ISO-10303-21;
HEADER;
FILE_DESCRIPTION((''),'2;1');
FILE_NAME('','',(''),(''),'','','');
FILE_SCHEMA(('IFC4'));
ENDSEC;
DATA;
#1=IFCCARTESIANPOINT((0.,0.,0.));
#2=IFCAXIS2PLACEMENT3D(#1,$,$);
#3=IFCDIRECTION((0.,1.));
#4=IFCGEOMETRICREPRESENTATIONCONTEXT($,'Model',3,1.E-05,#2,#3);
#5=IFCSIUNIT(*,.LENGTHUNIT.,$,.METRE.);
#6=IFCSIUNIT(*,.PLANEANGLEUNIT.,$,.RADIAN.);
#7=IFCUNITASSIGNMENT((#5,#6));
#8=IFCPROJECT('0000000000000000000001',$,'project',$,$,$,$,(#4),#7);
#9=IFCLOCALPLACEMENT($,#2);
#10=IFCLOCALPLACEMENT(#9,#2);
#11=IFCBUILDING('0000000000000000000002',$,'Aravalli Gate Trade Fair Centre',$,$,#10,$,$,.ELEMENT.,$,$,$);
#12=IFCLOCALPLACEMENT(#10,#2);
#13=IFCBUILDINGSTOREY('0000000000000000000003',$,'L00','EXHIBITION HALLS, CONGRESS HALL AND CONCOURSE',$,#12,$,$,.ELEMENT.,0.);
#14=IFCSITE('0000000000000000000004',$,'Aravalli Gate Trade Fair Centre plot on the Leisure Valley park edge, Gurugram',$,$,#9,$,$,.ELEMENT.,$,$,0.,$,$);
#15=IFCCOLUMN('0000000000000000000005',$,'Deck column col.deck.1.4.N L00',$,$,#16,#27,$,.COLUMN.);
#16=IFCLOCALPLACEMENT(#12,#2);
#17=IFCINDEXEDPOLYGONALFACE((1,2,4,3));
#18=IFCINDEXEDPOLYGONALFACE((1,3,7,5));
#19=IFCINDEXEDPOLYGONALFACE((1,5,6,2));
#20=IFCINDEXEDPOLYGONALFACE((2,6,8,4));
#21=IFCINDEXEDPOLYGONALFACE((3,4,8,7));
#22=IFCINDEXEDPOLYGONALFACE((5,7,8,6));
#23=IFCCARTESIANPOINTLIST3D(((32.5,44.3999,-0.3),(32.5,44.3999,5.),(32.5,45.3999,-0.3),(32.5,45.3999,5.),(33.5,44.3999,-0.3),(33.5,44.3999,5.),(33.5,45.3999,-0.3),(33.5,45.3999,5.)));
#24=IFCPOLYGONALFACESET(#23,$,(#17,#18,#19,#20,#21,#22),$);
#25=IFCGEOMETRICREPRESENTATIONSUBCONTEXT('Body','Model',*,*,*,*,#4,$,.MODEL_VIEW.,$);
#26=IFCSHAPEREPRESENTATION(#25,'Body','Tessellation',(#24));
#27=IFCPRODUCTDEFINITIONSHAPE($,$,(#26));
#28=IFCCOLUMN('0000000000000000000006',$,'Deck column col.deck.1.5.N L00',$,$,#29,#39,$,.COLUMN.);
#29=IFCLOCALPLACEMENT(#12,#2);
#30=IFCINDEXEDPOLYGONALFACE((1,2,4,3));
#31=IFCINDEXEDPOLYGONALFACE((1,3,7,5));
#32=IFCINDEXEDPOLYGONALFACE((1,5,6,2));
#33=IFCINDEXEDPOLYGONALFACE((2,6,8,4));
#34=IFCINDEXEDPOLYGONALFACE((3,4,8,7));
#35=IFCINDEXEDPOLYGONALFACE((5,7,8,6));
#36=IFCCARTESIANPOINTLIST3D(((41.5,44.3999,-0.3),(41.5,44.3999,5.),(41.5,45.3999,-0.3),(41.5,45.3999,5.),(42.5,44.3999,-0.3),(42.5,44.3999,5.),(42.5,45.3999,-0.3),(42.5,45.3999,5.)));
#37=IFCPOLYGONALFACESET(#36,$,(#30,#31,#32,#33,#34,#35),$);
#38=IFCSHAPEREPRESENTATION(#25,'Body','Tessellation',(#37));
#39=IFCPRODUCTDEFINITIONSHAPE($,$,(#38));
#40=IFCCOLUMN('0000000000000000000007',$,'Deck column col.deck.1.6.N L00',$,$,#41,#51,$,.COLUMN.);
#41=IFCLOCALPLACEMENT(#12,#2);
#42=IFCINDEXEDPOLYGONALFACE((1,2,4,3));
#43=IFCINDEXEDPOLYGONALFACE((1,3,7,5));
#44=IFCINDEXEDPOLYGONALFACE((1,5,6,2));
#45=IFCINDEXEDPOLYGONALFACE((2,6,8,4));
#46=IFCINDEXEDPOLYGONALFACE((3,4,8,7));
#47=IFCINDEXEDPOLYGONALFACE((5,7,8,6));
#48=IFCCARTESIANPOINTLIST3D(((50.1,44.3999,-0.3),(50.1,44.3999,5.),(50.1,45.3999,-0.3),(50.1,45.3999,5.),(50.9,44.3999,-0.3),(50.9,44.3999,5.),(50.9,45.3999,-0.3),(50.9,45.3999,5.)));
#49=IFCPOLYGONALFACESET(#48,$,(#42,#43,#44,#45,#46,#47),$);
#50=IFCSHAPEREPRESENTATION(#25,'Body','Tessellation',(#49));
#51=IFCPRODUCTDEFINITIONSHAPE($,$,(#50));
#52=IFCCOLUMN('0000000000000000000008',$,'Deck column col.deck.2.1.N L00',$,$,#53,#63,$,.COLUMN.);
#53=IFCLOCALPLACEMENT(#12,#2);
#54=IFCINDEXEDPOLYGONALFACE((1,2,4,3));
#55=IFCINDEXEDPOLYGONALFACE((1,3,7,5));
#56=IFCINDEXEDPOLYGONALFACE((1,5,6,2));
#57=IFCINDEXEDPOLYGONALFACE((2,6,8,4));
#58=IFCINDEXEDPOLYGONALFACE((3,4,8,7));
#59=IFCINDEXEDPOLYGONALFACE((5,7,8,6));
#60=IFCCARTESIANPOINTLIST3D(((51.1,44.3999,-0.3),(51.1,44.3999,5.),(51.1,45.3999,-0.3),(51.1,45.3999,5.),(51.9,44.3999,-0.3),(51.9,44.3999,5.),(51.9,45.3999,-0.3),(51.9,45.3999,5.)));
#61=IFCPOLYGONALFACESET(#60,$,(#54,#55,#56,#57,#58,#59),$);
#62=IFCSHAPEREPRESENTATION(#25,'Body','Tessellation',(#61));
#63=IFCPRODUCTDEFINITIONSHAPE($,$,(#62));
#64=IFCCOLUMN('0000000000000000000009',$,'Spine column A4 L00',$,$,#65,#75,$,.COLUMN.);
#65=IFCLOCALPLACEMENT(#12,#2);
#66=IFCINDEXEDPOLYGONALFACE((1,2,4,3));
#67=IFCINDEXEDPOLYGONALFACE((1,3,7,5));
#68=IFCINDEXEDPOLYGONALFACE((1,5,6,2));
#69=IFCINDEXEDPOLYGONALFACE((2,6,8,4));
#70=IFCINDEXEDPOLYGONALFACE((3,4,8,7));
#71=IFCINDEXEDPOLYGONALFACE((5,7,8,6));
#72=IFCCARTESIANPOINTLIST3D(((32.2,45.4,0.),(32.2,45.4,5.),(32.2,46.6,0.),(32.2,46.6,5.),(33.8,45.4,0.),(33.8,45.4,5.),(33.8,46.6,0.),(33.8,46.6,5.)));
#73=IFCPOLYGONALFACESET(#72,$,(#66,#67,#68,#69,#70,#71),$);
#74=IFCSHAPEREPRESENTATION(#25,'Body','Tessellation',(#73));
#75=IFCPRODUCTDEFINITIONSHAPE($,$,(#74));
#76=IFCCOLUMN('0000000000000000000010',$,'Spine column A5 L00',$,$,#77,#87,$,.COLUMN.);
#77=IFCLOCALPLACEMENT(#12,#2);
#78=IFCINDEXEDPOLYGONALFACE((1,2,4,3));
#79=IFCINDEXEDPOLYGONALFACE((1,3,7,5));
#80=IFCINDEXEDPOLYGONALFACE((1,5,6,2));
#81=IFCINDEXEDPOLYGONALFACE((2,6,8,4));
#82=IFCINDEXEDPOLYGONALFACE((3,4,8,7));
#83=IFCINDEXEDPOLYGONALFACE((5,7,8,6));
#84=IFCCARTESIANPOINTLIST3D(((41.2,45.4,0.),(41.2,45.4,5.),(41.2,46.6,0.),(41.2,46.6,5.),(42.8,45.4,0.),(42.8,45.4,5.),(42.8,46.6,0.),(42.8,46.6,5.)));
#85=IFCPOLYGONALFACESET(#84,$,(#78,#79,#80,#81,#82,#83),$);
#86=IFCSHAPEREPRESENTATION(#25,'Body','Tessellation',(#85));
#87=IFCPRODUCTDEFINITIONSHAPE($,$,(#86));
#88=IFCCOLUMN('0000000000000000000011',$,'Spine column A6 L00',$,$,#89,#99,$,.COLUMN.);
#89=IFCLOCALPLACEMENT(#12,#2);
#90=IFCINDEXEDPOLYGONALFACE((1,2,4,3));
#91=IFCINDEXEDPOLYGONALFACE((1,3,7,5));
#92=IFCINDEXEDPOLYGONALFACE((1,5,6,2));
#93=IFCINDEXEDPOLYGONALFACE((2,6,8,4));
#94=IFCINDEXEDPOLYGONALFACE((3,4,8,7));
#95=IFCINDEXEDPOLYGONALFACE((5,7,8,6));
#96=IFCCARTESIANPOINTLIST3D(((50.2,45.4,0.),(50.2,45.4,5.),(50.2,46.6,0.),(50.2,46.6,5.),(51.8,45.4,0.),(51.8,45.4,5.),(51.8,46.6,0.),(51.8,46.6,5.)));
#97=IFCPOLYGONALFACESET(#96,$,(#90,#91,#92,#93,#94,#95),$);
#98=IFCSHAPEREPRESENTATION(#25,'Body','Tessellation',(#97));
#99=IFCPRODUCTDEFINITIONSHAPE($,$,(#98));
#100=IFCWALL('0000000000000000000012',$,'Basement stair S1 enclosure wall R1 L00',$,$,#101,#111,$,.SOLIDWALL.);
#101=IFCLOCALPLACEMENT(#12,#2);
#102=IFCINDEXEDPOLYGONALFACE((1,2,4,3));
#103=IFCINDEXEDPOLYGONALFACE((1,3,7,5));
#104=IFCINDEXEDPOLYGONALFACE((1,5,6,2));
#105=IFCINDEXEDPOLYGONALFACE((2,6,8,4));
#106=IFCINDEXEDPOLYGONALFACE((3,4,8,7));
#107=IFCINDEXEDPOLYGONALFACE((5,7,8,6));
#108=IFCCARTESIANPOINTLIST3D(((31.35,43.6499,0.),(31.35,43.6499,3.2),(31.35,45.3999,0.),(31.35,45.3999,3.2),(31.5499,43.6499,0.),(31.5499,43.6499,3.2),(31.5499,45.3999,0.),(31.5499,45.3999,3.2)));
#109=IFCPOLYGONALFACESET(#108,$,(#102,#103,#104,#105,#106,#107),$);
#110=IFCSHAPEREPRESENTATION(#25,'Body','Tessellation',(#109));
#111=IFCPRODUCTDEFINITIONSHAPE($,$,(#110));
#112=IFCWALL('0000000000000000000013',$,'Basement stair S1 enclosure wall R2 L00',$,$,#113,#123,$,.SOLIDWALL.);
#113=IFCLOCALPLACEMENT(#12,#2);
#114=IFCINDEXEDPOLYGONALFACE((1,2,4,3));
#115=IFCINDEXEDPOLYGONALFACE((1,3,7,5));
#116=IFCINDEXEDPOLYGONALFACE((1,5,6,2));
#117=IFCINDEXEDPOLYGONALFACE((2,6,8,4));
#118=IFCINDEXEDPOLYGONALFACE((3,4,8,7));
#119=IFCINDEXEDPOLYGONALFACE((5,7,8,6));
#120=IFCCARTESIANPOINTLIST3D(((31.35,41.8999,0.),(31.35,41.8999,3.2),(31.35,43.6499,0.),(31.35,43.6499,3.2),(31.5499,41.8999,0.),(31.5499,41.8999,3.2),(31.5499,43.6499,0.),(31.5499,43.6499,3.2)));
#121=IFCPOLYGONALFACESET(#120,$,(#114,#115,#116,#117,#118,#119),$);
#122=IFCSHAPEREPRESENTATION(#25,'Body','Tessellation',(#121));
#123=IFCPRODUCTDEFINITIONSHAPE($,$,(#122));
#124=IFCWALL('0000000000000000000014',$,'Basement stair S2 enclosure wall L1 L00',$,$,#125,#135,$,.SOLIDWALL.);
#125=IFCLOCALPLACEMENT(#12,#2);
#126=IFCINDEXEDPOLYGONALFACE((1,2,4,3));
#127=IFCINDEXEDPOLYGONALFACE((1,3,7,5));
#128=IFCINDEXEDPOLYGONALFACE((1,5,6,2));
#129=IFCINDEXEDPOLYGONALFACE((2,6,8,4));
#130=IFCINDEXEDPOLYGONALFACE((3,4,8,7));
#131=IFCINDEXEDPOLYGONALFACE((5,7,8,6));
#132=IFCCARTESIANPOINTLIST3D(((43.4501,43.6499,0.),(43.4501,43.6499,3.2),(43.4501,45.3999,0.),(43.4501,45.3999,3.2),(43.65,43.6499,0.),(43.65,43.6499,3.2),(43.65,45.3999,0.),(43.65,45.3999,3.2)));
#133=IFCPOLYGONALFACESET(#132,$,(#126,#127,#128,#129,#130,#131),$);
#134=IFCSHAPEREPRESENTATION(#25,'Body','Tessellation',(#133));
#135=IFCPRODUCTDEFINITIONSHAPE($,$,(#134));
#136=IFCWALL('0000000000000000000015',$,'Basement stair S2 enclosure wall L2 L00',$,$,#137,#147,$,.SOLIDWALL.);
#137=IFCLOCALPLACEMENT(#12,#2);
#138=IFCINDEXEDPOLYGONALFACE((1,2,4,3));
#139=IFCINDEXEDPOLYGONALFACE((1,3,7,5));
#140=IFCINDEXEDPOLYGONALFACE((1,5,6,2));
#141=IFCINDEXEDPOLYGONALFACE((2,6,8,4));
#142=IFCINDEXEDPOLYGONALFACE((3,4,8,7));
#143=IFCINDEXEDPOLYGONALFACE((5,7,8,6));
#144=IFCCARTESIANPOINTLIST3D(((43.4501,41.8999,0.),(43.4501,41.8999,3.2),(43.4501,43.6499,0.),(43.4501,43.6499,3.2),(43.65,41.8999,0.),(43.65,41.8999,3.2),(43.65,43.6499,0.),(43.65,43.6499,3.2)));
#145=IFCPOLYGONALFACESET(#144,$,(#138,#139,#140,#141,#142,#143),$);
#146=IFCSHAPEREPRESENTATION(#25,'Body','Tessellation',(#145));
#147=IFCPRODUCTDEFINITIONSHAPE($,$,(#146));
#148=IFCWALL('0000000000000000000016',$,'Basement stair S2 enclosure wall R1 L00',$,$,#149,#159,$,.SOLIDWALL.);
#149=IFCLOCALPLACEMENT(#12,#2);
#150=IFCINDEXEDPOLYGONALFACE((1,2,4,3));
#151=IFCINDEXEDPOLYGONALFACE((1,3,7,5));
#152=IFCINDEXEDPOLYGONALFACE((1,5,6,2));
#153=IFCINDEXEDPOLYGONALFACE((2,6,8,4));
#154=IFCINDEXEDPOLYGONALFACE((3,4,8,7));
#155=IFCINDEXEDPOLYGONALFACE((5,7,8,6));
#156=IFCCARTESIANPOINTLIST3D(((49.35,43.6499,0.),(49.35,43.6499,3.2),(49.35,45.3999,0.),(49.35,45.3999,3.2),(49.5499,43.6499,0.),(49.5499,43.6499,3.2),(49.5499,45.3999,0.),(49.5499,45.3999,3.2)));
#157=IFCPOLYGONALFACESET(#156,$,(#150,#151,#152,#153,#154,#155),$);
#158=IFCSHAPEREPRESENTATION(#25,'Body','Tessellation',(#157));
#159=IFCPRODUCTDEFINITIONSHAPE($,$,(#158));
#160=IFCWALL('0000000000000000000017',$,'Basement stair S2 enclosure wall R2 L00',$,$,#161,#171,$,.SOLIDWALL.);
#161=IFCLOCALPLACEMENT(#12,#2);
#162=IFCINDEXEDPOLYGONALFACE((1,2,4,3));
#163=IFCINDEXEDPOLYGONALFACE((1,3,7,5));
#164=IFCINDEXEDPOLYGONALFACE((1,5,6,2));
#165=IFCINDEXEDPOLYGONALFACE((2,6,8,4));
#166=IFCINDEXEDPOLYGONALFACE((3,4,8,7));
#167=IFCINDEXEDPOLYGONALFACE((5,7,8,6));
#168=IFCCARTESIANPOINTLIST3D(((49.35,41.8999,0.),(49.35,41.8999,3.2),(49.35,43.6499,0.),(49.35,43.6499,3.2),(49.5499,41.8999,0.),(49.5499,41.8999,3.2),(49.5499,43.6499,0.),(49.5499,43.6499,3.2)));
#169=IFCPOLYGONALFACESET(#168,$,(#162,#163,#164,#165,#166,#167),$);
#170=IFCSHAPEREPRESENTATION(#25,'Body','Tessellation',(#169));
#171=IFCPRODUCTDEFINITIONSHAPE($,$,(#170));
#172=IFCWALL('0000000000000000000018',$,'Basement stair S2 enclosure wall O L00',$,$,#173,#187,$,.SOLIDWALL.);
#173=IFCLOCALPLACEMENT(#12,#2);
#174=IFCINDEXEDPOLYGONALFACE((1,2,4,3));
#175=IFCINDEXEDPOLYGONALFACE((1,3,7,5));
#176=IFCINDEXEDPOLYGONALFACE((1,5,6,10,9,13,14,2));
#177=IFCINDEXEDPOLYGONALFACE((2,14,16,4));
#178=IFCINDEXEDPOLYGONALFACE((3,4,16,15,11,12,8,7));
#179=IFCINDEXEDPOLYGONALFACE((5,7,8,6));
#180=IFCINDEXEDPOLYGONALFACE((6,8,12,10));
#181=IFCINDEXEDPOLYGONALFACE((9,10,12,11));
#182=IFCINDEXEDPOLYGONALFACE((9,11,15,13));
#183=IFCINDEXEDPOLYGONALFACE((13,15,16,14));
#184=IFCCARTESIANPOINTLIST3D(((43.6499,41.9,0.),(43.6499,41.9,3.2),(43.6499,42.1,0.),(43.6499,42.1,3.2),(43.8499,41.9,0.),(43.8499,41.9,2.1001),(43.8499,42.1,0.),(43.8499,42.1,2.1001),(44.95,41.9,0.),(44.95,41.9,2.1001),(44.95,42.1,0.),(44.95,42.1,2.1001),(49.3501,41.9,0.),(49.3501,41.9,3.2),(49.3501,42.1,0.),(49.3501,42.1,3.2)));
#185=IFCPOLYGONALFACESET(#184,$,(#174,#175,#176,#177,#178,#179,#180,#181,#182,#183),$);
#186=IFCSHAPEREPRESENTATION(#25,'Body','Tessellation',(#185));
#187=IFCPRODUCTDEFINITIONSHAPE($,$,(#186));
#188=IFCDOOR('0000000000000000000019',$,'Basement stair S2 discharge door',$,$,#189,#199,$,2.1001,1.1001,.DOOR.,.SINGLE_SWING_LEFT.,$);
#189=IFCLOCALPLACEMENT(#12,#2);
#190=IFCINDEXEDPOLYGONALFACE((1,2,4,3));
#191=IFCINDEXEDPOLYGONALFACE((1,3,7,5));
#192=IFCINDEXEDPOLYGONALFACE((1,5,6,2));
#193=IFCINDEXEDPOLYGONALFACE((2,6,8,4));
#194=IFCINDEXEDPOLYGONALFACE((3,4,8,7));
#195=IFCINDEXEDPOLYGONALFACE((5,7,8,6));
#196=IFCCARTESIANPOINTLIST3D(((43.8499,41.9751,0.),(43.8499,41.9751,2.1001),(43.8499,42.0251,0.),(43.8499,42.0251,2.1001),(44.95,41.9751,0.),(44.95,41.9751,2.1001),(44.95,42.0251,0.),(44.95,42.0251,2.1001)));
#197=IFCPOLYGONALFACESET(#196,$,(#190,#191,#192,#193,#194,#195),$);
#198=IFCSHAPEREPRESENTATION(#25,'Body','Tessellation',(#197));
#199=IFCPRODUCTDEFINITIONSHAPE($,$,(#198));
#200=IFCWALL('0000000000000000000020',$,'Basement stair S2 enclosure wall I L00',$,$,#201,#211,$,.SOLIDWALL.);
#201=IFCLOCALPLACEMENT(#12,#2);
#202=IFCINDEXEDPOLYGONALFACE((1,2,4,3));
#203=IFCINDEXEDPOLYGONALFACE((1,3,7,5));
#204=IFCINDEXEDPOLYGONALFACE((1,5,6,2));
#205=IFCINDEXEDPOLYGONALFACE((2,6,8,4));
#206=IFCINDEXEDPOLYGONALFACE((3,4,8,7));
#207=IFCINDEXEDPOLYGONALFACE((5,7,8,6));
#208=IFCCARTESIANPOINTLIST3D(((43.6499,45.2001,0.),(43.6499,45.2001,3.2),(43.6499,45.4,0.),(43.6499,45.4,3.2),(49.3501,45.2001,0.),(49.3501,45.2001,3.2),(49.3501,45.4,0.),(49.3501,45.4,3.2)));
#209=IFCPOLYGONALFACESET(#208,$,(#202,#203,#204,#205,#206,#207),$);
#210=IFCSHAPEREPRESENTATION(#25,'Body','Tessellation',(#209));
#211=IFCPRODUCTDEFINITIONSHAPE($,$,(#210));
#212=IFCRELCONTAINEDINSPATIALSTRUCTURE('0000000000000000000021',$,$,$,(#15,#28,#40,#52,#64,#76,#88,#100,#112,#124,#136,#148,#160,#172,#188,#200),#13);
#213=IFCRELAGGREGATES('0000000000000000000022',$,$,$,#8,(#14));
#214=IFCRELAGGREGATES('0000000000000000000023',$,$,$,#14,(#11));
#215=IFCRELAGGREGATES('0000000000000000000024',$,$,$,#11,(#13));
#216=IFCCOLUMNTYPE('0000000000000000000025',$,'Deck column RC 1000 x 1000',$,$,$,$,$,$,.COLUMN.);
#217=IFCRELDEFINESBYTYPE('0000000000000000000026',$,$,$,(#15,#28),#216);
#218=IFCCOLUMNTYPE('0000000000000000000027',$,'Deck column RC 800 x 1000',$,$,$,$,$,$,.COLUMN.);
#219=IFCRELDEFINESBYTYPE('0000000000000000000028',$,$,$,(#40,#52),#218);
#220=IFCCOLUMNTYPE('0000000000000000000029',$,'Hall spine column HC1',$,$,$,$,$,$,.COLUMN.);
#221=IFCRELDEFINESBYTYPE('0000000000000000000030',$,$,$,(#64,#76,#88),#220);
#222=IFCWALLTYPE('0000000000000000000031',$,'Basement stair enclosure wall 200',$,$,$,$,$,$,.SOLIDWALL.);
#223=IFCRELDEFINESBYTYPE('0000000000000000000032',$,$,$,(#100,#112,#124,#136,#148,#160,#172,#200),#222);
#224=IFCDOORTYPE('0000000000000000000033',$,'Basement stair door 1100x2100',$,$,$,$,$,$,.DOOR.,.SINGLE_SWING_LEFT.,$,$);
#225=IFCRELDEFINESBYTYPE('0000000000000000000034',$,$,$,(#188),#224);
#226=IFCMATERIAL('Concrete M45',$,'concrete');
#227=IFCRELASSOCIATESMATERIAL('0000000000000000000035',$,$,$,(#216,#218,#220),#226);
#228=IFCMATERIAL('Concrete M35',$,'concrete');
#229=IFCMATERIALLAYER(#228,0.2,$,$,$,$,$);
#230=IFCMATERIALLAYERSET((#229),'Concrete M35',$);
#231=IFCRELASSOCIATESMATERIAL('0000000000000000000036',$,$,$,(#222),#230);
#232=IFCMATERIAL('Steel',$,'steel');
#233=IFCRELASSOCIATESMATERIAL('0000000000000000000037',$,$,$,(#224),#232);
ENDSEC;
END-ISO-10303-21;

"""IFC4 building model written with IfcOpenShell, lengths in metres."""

from ifc_helpers import new_model, si_unit, direction, frame, frame_2d, origin, origin_2d, place, context, subcontext, project, spatial, rectangle, extrude, material, layer, layer_set, material_profile, profile_set, type_object, element, fill, save


model = new_model("IFC4")

# Units and contexts
model_context = context("Model", 3, precision=1e-05, world=origin(), true_north=direction((0.0, 1.0)))
body_context = subcontext(model_context, "Body", "Model", "MODEL_VIEW")
ifc_project = project(units=[si_unit("LENGTHUNIT", "METRE"), si_unit("PLANEANGLEUNIT", "RADIAN")], contexts=[model_context])

# Site, building, storey
site_placement = place(None, origin())
site = spatial("IfcSite", under=ifc_project, at=site_placement, Name="Aravalli Gate Trade Fair Centre plot on the Leisure Valley park edge, Gurugram", CompositionType="ELEMENT", RefElevation=0.0)
building_placement = place(site_placement, origin())
building = spatial("IfcBuilding", under=site, at=building_placement, Name="Aravalli Gate Trade Fair Centre", CompositionType="ELEMENT")
storey_placement = place(building_placement, origin())
storey = spatial("IfcBuildingStorey", under=building, at=storey_placement, Name="L00", Description="EXHIBITION HALLS, CONGRESS HALL AND CONCOURSE", CompositionType="ELEMENT", Elevation=0.0)

# Columns
ifc_material_1 = material(Name="Concrete M45", Category="concrete")
ifc_material_profile_1 = material_profile(ifc_material_1, rectangle(XDim=1.0, YDim=1.0, at=origin_2d()), Name="Deck column RC 1000 x 1000")
ifc_profile_set_1 = profile_set([ifc_material_profile_1], Name="Concrete M45")
column_type_1 = type_object("IfcColumnType", Name="Deck column RC 1000 x 1000", PredefinedType="COLUMN", material=ifc_profile_set_1)
for number, where, z_axis, x_axis, name in (
    (1, (33.0, 44.8999, -0.3), (0.0, 0.0, 1.0), (1.0, 0.0, 0.0), "Deck column col.deck.1.4.N L00"),
    (2, (42.0, 44.8999, -0.3), (0.0, 0.0, 1.0), (1.0, 0.0, 0.0), "Deck column col.deck.1.5.N L00"),
):
    element("IfcColumn", number, at=place(storey_placement, frame(where, z_axis=z_axis, x_axis=x_axis)), inside=storey, type_object=column_type_1, Name=name, PredefinedType="COLUMN", context=body_context, shape_type="SweptSolid", body=[
        extrude(rectangle(XDim=1.0, YDim=1.0, at=origin_2d()), origin(), (0.0, 0.0, 1.0), 5.3),
    ])
ifc_material_profile_2 = material_profile(ifc_material_1, rectangle(XDim=0.8, YDim=1.0, at=origin_2d()), Name="Deck column RC 800 x 1000")
ifc_profile_set_2 = profile_set([ifc_material_profile_2], Name="Concrete M45")
column_type_2 = type_object("IfcColumnType", Name="Deck column RC 800 x 1000", PredefinedType="COLUMN", material=ifc_profile_set_2)
for number, where, z_axis, x_axis, name in (
    (3, (50.5, 44.8999, -0.3), (0.0, 0.0, 1.0), (1.0, 0.0, 0.0), "Deck column col.deck.1.6.N L00"),
    (4, (51.5, 44.8999, -0.3), (0.0, 0.0, 1.0), (1.0, 0.0, 0.0), "Deck column col.deck.2.1.N L00"),
):
    element("IfcColumn", number, at=place(storey_placement, frame(where, z_axis=z_axis, x_axis=x_axis)), inside=storey, type_object=column_type_2, Name=name, PredefinedType="COLUMN", context=body_context, shape_type="SweptSolid", body=[
        extrude(rectangle(XDim=0.8, YDim=1.0, at=origin_2d()), origin(), (0.0, 0.0, 1.0), 5.3),
    ])
ifc_material_profile_3 = material_profile(ifc_material_1, rectangle(XDim=1.6001, YDim=1.2, at=origin_2d()), Name="RC 1600x1200")
ifc_profile_set_3 = profile_set([ifc_material_profile_3], Name="Concrete M45")
column_type_3 = type_object("IfcColumnType", Name="Hall spine column HC1", PredefinedType="COLUMN", material=ifc_profile_set_3)
for number, where, z_axis, x_axis, name in (
    (5, (33.0, 46.0, 0.0), (0.0, 0.0, 1.0), (1.0, 0.0, 0.0), "Spine column A4 L00"),
    (6, (42.0, 46.0, 0.0), (0.0, 0.0, 1.0), (1.0, 0.0, 0.0), "Spine column A5 L00"),
    (7, (51.0, 46.0, 0.0), (0.0, 0.0, 1.0), (1.0, 0.0, 0.0), "Spine column A6 L00"),
):
    element("IfcColumn", number, at=place(storey_placement, frame(where, z_axis=z_axis, x_axis=x_axis)), inside=storey, type_object=column_type_3, Name=name, PredefinedType="COLUMN", context=body_context, shape_type="SweptSolid", body=[
        extrude(rectangle(XDim=1.6001, YDim=1.2, at=origin_2d()), origin(), (0.0, 0.0, 1.0), 5.0),
    ])

# Walls
ifc_material_2 = material(Name="Concrete M35", Category="concrete")
ifc_layer_1 = layer(ifc_material_2, 0.2)
ifc_layer_set_1 = layer_set([ifc_layer_1], Name="Concrete M35")
wall_type_1 = type_object("IfcWallType", Name="Basement stair enclosure wall 200", PredefinedType="SOLIDWALL", material=ifc_layer_set_1)
for number, where, z_axis, x_axis, name in (
    (8, (31.45, 45.3999, 0.0), (0.0, 0.0, 1.0), (0.0, -1.0, 0.0), "Basement stair S1 enclosure wall R1 L00"),
    (9, (31.45, 43.6499, 0.0), (0.0, 0.0, 1.0), (0.0, -1.0, 0.0), "Basement stair S1 enclosure wall R2 L00"),
    (10, (43.55, 45.3999, 0.0), (0.0, 0.0, 1.0), (0.0, -1.0, 0.0), "Basement stair S2 enclosure wall L1 L00"),
    (11, (43.55, 43.6499, 0.0), (0.0, 0.0, 1.0), (0.0, -1.0, 0.0), "Basement stair S2 enclosure wall L2 L00"),
    (12, (49.45, 45.3999, 0.0), (0.0, 0.0, 1.0), (0.0, -1.0, 0.0), "Basement stair S2 enclosure wall R1 L00"),
    (13, (49.45, 43.6499, 0.0), (0.0, 0.0, 1.0), (0.0, -1.0, 0.0), "Basement stair S2 enclosure wall R2 L00"),
):
    element("IfcWall", number, at=place(storey_placement, frame(where, z_axis=z_axis, x_axis=x_axis)), inside=storey, type_object=wall_type_1, Name=name, PredefinedType="SOLIDWALL", context=body_context, shape_type="SweptSolid", body=[
        extrude(rectangle(XDim=1.75, YDim=0.2, at=frame_2d((0.875, 0.0))), origin(), (0.0, 0.0, 1.0), 3.2),
    ])

# Wall, opening, door
wall_1_placement = place(storey_placement, frame((43.6499, 42.0, 0.0), z_axis=(0.0, 0.0, 1.0), x_axis=(1.0, 0.0, 0.0)))
wall_1 = element("IfcWall", 14, at=wall_1_placement, inside=storey, type_object=wall_type_1, Name="Basement stair S2 enclosure wall O L00", PredefinedType="SOLIDWALL", context=body_context, shape_type="SweptSolid", body=[
    extrude(rectangle(XDim=5.7002, YDim=0.2, at=frame_2d((2.8501, 0.0))), origin(), (0.0, 0.0, 1.0), 3.2),
])
opening_1_placement = place(wall_1_placement, frame((0.2, 0.0, 0.0)))
opening_1 = element("IfcOpeningElement", 15, at=opening_1_placement, cuts=wall_1, PredefinedType="OPENING", context=body_context, shape_type="SweptSolid", body=[
    extrude(rectangle(XDim=1.1001, YDim=2.1001, at=frame_2d((0.55, 1.05))), frame((0.0, 0.1099, 0.0), z_axis=(0.0, -1.0, 0.0), x_axis=(1.0, 0.0, 0.0)), (0.0, 0.0, 1.0), 0.22),
])
ifc_material_3 = material(Name="Steel", Category="steel")
door_type_1 = type_object("IfcDoorType", Name="Basement stair door 1100x2100", OperationType="SINGLE_SWING_LEFT", PredefinedType="DOOR", material=ifc_material_3)
door_1_placement = place(opening_1_placement, frame((1.1001, 0.0, 0.0), z_axis=(0.0, 0.0, 1.0), x_axis=(-1.0, 0.0, 0.0)))
door_1 = element("IfcDoor", 16, at=door_1_placement, inside=storey, type_object=door_type_1, Name="Basement stair S2 discharge door", OperationType="SINGLE_SWING_LEFT", OverallHeight=2.1001, OverallWidth=1.1001, PredefinedType="DOOR", context=body_context, shape_type="SweptSolid", body=[
    extrude(rectangle(XDim=1.1001, YDim=2.1001, at=frame_2d((0.55, 1.05))), frame((0.0, 0.0249, 0.0), z_axis=(0.0, -1.0, 0.0), x_axis=(1.0, 0.0, 0.0)), (0.0, 0.0, 1.0), 0.05),
])
fill(opening_1, door_1)

# Wall
wall_2_placement = place(storey_placement, frame((43.6499, 45.3, 0.0), z_axis=(0.0, 0.0, 1.0), x_axis=(1.0, 0.0, 0.0)))
element("IfcWall", 17, at=wall_2_placement, inside=storey, type_object=wall_type_1, Name="Basement stair S2 enclosure wall I L00", PredefinedType="SOLIDWALL", context=body_context, shape_type="SweptSolid", body=[
    extrude(rectangle(XDim=5.7002, YDim=0.2, at=frame_2d((2.8501, 0.0))), origin(), (0.0, 0.0, 1.0), 3.2),
])

save(model, "model.ifc")
